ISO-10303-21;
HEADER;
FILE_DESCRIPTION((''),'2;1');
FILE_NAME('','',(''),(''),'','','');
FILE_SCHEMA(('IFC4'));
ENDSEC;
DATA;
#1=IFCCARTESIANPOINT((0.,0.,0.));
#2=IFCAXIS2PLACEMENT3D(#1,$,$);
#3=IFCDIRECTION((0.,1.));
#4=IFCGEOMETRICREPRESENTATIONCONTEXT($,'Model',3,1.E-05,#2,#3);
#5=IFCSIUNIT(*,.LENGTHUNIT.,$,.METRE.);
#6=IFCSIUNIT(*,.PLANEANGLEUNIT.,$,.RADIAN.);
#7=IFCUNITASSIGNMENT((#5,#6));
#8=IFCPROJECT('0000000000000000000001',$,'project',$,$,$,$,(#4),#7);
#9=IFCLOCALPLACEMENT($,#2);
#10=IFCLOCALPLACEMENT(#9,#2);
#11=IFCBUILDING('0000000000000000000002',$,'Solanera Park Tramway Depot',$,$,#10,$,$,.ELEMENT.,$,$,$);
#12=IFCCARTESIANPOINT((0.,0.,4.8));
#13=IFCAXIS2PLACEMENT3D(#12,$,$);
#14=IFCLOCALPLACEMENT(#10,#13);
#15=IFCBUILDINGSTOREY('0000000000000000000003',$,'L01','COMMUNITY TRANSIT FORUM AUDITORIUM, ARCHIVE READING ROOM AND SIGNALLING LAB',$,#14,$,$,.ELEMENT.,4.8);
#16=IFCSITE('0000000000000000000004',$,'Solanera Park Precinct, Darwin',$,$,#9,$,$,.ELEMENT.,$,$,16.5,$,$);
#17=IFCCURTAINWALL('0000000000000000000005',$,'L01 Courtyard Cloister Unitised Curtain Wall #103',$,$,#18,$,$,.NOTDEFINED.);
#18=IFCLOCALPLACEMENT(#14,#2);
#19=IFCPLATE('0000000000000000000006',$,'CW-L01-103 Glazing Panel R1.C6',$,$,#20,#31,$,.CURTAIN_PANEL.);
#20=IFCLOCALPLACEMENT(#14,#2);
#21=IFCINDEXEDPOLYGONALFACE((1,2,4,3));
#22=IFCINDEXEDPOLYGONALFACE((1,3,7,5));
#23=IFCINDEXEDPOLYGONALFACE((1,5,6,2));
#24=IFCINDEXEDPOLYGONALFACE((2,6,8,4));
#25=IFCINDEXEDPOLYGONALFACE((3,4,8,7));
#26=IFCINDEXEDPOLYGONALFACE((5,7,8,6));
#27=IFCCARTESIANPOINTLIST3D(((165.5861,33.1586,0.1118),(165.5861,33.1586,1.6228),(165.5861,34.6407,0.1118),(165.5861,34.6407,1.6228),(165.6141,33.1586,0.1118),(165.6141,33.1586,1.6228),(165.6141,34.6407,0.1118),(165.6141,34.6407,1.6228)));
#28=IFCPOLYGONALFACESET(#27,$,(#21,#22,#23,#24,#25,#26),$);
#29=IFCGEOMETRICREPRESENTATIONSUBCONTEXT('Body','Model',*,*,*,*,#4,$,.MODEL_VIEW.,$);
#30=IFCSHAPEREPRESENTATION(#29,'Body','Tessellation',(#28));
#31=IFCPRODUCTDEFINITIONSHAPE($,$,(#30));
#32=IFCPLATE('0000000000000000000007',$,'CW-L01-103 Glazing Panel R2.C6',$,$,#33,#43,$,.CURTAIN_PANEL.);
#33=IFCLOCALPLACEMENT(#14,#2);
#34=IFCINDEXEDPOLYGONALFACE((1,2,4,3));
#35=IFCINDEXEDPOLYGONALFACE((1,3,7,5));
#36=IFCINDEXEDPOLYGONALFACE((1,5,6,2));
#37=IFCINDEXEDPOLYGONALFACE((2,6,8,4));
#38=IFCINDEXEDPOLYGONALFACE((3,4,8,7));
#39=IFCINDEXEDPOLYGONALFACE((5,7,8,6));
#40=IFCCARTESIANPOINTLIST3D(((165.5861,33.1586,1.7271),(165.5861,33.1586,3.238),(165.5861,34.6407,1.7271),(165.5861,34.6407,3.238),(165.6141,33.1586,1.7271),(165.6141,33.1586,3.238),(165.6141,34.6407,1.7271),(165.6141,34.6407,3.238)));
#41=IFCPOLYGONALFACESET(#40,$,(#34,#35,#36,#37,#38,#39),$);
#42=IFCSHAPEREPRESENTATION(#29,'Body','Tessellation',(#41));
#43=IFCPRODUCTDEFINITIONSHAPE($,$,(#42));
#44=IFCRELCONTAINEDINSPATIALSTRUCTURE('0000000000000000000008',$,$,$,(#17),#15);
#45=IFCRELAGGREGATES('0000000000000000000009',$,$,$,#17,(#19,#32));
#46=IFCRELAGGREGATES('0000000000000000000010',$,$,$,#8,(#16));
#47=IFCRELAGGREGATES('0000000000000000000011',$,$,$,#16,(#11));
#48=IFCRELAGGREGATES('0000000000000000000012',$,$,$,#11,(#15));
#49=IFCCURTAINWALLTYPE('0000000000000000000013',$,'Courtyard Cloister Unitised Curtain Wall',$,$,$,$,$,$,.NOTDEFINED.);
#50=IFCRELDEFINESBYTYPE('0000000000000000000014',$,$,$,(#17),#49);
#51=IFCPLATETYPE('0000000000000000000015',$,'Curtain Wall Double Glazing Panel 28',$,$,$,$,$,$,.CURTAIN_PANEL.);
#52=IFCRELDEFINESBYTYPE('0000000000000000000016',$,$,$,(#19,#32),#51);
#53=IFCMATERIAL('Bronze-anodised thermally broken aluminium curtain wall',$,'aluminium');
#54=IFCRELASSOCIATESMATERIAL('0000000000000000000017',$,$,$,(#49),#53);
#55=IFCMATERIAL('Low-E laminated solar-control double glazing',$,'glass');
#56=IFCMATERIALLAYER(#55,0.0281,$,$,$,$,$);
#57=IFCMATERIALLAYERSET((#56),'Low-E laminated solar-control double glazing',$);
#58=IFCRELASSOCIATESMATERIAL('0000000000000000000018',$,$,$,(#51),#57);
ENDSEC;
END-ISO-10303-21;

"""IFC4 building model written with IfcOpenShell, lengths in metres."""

from ifc_helpers import new_model, si_unit, direction, frame, origin, origin_2d, place, context, subcontext, project, spatial, rectangle, extrude, material, layer, layer_set, type_object, element, aggregate, save


model = new_model("IFC4")

# Units and contexts
model_context = context("Model", 3, precision=1e-05, world=origin(), true_north=direction((0.0, 1.0)))
body_context = subcontext(model_context, "Body", "Model", "MODEL_VIEW")
ifc_project = project(units=[si_unit("LENGTHUNIT", "METRE"), si_unit("PLANEANGLEUNIT", "RADIAN")], contexts=[model_context])

# Site, building, storey
site_placement = place(None, origin())
site = spatial("IfcSite", under=ifc_project, at=site_placement, Name="Solanera Park Precinct, Darwin", CompositionType="ELEMENT", RefElevation=16.5)
building_placement = place(site_placement, origin())
building = spatial("IfcBuilding", under=site, at=building_placement, Name="Solanera Park Tramway Depot", CompositionType="ELEMENT")
storey_placement = place(building_placement, frame((0.0, 0.0, 4.8)))
storey = spatial("IfcBuildingStorey", under=building, at=storey_placement, Name="L01", Description="COMMUNITY TRANSIT FORUM AUDITORIUM, ARCHIVE READING ROOM AND SIGNALLING LAB", CompositionType="ELEMENT", Elevation=4.8)

# Curtain wall
ifc_material_1 = material(Name="Bronze-anodised thermally broken aluminium curtain wall", Category="aluminium")
curtain_wall_type = type_object("IfcCurtainWallType", Name="Courtyard Cloister Unitised Curtain Wall", PredefinedType="NOTDEFINED", material=ifc_material_1)
curtain_wall_1_placement = place(storey_placement, origin())
curtain_wall_1 = element("IfcCurtainWall", 1, at=curtain_wall_1_placement, inside=storey, type_object=curtain_wall_type, Name="L01 Courtyard Cloister Unitised Curtain Wall #103", PredefinedType="NOTDEFINED")

# Plates
ifc_material_2 = material(Name="Low-E laminated solar-control double glazing", Category="glass")
ifc_layer = layer(ifc_material_2, 0.0281)
ifc_layer_set = layer_set([ifc_layer], Name="Low-E laminated solar-control double glazing")
plate_type = type_object("IfcPlateType", Name="Curtain Wall Double Glazing Panel 28", PredefinedType="CURTAIN_PANEL", material=ifc_layer_set)
plate_1_placement = place(storey_placement, frame((165.6001, 33.8997, 0.1118), z_axis=(0.0, 0.0, 1.0), x_axis=(0.0, -1.0, 0.0)))
plate_1 = element("IfcPlate", 2, at=plate_1_placement, type_object=plate_type, Name="CW-L01-103 Glazing Panel R1.C6", PredefinedType="CURTAIN_PANEL", context=body_context, shape_type="SweptSolid", body=[
    extrude(rectangle(XDim=1.4822, YDim=0.0281, at=origin_2d()), origin(), (0.0, 0.0, 1.0), 1.511),
])
plate_2_placement = place(storey_placement, frame((165.6001, 33.8997, 1.7271), z_axis=(0.0, 0.0, 1.0), x_axis=(0.0, -1.0, 0.0)))
plate_2 = element("IfcPlate", 3, at=plate_2_placement, type_object=plate_type, Name="CW-L01-103 Glazing Panel R2.C6", PredefinedType="CURTAIN_PANEL", context=body_context, shape_type="SweptSolid", body=[
    extrude(rectangle(XDim=1.4822, YDim=0.0281, at=origin_2d()), origin(), (0.0, 0.0, 1.0), 1.511),
])
aggregate(curtain_wall_1, [plate_1, plate_2])

save(model, "model.ifc")
